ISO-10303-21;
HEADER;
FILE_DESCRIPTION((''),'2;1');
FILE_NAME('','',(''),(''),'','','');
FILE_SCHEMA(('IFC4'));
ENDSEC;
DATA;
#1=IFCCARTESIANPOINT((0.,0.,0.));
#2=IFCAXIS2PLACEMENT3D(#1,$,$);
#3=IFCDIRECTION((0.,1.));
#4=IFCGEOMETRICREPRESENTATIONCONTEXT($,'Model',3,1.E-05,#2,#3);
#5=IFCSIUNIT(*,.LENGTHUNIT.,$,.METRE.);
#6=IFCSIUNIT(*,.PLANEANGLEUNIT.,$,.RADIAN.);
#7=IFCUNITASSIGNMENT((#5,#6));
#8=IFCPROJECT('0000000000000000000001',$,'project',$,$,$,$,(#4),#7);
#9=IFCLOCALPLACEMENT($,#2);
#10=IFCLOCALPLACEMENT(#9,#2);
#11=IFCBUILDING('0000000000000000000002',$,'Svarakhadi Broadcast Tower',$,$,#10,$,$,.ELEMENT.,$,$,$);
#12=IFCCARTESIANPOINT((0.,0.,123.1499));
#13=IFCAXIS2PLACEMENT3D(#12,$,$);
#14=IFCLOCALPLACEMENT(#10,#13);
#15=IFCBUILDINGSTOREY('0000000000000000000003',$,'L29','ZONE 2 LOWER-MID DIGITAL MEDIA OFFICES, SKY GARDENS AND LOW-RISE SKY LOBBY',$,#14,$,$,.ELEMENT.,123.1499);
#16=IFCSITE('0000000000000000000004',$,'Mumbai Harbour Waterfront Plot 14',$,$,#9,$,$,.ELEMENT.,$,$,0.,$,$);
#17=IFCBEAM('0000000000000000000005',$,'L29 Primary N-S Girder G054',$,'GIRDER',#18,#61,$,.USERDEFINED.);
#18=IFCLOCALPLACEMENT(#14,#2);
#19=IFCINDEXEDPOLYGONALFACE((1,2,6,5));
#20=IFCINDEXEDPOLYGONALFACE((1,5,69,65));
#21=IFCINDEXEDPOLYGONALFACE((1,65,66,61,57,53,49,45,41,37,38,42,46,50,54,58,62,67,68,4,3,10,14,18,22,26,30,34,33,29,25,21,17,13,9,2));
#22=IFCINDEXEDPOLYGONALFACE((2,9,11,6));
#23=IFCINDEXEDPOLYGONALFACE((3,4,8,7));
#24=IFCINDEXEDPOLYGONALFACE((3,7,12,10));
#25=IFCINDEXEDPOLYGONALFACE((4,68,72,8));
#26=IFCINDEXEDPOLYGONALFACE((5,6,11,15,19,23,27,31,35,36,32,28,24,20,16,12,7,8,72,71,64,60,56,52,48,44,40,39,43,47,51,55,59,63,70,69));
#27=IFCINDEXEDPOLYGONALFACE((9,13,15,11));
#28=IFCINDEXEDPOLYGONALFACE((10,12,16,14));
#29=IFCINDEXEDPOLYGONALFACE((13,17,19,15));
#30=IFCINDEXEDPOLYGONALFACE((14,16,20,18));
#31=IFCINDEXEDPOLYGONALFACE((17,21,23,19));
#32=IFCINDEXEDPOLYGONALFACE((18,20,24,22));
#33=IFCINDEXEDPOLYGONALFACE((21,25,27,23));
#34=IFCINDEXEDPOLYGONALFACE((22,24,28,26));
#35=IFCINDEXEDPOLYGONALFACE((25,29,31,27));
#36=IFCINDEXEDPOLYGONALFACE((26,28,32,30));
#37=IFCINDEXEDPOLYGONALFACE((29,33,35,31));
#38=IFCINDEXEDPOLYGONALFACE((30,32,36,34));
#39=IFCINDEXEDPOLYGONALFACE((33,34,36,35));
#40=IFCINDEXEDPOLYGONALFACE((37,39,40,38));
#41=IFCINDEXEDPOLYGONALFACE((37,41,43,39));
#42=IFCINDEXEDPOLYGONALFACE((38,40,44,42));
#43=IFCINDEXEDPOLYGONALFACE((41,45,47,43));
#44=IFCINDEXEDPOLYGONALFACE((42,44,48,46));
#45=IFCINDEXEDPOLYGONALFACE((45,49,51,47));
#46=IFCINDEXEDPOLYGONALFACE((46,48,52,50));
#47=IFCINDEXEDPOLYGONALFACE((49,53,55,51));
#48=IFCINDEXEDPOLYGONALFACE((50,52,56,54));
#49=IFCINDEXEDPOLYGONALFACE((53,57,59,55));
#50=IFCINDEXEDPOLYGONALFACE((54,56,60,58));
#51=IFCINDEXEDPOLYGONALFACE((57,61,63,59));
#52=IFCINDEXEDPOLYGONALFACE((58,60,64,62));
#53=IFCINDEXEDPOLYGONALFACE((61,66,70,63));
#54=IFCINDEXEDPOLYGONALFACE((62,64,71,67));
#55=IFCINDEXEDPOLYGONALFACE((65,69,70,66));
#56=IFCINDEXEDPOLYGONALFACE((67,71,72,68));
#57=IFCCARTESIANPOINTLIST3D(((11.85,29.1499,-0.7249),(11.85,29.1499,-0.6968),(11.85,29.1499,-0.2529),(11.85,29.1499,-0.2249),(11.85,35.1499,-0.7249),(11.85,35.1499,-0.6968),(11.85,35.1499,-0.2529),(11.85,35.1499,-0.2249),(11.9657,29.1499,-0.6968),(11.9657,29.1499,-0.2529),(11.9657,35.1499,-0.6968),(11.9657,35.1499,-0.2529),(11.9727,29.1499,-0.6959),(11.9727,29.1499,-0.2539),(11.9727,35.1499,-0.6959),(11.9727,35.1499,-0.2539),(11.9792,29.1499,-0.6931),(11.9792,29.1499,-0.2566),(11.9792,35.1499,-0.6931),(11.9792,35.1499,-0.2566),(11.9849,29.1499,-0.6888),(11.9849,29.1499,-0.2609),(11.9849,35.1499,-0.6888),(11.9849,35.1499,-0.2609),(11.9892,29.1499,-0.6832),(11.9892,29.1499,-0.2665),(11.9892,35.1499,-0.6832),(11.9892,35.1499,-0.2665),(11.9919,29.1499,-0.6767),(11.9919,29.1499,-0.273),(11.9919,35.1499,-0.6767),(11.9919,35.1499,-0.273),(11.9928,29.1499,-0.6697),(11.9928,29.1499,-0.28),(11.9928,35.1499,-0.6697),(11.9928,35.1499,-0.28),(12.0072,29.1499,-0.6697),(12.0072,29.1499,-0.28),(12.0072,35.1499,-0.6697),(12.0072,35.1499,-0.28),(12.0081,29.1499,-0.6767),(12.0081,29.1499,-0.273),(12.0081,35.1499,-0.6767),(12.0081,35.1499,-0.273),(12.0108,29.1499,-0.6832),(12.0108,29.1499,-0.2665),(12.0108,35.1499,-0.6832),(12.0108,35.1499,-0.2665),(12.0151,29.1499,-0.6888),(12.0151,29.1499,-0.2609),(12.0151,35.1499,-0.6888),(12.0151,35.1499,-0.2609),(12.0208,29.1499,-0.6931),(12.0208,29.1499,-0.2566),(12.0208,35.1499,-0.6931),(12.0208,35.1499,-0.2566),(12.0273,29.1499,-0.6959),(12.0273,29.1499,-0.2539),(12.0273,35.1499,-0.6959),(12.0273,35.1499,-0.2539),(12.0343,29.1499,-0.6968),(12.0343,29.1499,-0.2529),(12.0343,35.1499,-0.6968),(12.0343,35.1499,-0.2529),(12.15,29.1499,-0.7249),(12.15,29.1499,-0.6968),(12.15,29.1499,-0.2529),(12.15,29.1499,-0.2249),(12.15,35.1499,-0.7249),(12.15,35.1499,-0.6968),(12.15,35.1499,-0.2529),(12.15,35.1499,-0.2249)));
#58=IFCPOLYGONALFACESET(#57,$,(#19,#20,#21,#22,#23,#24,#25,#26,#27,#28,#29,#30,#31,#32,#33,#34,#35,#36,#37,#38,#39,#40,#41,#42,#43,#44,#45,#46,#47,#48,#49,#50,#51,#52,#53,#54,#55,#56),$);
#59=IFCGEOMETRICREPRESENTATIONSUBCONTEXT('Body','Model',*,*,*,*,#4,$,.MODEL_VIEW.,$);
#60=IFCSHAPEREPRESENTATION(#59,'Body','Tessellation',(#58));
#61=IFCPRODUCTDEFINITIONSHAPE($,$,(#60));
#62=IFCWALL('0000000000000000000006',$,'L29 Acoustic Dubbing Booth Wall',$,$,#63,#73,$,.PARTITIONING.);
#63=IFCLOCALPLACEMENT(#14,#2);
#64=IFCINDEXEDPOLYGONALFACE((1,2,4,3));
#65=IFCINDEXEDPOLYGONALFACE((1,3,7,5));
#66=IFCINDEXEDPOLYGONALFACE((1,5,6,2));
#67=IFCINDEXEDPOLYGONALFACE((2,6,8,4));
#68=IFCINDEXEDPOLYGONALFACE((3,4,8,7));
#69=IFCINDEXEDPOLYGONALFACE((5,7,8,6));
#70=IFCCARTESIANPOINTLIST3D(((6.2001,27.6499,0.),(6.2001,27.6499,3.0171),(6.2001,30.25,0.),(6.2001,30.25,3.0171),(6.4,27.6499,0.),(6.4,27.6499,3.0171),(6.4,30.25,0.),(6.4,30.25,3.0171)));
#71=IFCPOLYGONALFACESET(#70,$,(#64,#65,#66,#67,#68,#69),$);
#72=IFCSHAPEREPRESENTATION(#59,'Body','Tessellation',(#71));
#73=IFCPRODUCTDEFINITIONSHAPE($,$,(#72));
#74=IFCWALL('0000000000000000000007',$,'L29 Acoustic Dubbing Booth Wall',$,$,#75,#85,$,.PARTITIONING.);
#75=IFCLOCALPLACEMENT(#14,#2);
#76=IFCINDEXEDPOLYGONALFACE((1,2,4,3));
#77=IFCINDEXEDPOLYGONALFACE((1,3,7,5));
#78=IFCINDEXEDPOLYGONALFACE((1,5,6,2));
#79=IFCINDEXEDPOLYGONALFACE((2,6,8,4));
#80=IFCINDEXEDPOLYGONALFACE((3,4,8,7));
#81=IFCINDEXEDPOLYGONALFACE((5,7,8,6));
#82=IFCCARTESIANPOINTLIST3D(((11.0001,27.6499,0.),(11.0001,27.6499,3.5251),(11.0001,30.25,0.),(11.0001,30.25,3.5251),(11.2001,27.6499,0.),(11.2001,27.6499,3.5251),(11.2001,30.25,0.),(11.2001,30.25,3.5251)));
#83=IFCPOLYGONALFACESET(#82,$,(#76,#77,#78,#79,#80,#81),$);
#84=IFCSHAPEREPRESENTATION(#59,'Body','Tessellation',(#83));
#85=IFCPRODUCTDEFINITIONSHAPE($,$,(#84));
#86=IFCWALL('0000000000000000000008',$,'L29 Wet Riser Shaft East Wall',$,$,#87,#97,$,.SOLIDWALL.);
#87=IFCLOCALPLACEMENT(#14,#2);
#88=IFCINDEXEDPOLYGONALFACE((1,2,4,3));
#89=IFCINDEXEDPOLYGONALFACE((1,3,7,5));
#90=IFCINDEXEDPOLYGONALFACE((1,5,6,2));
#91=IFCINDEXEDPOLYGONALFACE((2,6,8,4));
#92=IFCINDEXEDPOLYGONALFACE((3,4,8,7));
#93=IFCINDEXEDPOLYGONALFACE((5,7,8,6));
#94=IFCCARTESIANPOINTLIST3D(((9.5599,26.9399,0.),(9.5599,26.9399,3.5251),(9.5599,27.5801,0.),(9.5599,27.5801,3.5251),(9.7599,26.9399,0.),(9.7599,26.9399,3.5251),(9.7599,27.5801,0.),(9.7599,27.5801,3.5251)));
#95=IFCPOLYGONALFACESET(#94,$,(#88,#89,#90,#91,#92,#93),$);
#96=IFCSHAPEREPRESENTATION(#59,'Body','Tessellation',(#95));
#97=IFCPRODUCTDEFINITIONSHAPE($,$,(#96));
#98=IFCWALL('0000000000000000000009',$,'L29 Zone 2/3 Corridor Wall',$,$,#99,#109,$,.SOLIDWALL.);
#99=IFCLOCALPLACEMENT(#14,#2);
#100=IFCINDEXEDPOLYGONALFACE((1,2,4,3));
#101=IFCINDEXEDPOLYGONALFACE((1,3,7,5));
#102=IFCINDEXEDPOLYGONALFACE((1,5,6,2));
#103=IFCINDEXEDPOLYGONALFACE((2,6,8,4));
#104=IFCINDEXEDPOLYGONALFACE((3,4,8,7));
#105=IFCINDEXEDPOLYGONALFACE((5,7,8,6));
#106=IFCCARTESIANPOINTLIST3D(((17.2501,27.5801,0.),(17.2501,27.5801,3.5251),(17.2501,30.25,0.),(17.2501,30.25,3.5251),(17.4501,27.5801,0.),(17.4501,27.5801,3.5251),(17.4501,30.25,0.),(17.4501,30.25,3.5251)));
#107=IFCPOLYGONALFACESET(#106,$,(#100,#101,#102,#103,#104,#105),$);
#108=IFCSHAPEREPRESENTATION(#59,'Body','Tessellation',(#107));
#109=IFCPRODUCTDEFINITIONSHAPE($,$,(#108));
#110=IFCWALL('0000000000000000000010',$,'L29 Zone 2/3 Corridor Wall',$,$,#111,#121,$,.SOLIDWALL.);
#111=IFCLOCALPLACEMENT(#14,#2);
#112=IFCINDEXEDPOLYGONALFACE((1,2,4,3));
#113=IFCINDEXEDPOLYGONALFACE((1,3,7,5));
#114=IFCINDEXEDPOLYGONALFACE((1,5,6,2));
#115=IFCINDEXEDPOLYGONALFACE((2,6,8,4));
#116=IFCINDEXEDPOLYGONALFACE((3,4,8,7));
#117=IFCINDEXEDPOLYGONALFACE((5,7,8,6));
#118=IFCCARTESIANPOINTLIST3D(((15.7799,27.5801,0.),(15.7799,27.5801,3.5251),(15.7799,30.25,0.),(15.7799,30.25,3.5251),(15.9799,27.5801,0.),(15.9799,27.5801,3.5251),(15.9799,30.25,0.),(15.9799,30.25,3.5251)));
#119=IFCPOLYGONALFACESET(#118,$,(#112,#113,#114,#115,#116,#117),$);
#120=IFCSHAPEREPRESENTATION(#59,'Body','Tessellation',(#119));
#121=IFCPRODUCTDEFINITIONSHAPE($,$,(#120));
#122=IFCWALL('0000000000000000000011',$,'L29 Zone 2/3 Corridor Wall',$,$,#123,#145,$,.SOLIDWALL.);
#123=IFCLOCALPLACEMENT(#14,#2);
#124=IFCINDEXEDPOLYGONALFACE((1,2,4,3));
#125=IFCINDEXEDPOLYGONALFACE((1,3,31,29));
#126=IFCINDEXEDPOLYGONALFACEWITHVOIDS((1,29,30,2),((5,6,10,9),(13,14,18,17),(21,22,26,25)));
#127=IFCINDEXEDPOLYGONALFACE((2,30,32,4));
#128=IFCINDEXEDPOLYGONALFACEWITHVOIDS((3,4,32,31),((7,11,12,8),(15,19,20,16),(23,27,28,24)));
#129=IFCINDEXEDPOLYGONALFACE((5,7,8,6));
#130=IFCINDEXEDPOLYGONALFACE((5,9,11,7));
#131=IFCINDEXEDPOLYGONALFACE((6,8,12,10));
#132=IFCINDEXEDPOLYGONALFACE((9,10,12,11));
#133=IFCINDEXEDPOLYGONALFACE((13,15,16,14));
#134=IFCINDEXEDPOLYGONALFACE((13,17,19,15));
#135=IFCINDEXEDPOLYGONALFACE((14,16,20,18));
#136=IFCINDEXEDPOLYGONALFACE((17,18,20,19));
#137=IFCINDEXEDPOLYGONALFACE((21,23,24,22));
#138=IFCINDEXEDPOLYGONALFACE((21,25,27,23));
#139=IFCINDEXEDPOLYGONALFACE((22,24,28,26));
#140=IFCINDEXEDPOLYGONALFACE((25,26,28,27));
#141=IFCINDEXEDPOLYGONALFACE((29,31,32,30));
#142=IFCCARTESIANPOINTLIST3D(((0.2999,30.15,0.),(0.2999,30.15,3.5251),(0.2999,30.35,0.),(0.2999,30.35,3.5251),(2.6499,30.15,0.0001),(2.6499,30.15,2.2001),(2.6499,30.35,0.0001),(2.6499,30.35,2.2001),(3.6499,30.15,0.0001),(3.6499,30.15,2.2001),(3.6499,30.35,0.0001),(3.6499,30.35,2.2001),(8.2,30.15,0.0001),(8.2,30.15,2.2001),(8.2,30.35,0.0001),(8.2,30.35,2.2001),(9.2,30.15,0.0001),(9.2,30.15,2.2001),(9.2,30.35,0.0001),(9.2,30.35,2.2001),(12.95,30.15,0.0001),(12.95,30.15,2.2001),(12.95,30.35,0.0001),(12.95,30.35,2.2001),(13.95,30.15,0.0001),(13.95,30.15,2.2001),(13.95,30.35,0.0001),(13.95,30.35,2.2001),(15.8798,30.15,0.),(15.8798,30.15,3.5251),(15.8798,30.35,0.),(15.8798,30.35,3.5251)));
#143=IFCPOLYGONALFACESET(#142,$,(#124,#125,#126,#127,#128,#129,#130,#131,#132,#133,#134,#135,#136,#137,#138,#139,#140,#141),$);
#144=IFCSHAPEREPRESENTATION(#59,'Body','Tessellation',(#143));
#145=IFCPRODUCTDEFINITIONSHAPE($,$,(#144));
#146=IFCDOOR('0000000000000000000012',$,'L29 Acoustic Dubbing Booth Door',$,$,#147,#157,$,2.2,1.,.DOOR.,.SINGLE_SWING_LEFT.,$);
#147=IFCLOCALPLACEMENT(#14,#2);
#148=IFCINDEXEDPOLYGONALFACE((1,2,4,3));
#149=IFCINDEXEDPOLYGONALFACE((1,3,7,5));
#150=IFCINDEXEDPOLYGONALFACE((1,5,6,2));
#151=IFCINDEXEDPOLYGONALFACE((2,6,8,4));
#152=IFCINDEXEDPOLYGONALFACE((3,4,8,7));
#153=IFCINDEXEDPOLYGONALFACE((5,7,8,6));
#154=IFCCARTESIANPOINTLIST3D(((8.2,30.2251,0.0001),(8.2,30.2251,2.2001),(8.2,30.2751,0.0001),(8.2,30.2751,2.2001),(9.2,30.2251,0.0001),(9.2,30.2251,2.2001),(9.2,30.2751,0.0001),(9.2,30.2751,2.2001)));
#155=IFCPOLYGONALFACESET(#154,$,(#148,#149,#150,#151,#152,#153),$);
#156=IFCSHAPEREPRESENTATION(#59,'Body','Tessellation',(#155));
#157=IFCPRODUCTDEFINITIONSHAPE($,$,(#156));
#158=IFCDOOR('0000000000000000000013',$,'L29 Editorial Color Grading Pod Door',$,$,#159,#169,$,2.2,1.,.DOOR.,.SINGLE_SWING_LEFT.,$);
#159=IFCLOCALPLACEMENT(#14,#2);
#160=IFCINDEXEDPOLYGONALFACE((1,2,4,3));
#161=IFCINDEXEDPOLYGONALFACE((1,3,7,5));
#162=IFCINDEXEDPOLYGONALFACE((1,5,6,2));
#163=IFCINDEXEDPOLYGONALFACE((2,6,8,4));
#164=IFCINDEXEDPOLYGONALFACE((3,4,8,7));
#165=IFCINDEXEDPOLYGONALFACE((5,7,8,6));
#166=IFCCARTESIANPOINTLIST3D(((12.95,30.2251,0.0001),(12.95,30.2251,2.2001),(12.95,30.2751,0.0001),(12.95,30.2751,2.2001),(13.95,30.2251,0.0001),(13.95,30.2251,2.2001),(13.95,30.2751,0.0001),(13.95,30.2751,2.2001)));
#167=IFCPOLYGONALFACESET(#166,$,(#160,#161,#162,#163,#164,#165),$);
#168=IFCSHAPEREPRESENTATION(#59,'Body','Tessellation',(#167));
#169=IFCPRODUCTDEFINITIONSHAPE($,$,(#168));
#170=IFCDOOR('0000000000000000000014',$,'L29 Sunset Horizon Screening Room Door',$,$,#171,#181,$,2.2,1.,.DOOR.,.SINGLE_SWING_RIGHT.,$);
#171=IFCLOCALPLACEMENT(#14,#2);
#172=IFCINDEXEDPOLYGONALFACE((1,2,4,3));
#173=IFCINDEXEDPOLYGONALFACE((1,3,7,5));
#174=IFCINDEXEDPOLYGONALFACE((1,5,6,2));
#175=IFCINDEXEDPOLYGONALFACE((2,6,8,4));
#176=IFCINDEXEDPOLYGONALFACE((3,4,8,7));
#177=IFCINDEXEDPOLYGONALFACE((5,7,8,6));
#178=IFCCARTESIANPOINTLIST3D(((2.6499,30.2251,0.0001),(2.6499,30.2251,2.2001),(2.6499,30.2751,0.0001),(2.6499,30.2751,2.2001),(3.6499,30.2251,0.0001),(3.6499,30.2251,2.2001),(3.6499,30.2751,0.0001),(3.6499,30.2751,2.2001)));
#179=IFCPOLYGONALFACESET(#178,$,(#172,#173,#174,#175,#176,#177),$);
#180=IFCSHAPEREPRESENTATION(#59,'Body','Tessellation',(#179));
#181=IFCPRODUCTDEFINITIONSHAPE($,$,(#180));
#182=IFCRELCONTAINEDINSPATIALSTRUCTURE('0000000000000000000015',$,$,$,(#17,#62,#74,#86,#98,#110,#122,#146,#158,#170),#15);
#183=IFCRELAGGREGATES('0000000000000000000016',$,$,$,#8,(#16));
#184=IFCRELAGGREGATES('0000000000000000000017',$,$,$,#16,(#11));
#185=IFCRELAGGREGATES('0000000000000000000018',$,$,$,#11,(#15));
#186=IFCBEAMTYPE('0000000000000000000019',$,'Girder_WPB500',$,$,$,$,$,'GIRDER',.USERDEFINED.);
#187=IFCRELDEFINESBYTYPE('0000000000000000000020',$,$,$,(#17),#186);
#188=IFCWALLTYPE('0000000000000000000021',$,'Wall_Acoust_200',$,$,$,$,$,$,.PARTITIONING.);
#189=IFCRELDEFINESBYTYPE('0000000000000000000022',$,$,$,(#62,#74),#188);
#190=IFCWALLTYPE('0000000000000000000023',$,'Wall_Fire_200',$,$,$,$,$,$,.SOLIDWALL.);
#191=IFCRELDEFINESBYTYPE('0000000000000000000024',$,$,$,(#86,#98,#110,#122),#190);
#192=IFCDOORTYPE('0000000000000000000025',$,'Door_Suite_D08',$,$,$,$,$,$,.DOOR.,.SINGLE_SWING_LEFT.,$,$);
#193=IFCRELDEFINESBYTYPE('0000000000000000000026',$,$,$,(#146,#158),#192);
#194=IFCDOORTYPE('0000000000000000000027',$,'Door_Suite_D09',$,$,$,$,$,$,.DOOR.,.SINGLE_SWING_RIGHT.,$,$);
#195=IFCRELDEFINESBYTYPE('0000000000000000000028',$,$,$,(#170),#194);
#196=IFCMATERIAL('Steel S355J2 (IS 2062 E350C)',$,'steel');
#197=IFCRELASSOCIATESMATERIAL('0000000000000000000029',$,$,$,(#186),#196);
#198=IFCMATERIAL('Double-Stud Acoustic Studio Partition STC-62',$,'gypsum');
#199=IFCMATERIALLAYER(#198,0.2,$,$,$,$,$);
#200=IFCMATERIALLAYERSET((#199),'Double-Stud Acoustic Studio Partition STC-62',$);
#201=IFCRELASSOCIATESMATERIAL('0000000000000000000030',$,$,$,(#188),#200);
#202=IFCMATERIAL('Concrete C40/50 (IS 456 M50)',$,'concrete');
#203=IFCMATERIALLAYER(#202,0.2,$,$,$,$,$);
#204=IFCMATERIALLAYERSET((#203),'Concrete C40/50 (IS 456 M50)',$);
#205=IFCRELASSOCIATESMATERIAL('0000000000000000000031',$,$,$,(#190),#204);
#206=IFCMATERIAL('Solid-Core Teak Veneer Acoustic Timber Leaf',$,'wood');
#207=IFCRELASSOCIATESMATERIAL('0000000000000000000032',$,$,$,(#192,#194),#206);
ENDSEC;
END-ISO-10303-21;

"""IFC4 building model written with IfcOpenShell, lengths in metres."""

from ifc_helpers import new_model, si_unit, direction, frame, frame_2d, origin, origin_2d, place, context, subcontext, project, spatial, rectangle, i_section, extrude, material, layer, layer_set, material_profile, profile_set, type_object, element, fill, save


model = new_model("IFC4")

# Units and contexts
model_context = context("Model", 3, precision=1e-05, world=origin(), true_north=direction((0.0, 1.0)))
body_context = subcontext(model_context, "Body", "Model", "MODEL_VIEW")
ifc_project = project(units=[si_unit("LENGTHUNIT", "METRE"), si_unit("PLANEANGLEUNIT", "RADIAN")], contexts=[model_context])

# Site, building, storey
site_placement = place(None, origin())
site = spatial("IfcSite", under=ifc_project, at=site_placement, Name="Mumbai Harbour Waterfront Plot 14", CompositionType="ELEMENT", RefElevation=0.0)
building_placement = place(site_placement, origin())
building = spatial("IfcBuilding", under=site, at=building_placement, Name="Svarakhadi Broadcast Tower", CompositionType="ELEMENT")
storey_placement = place(building_placement, frame((0.0, 0.0, 123.1499)))
storey = spatial("IfcBuildingStorey", under=building, at=storey_placement, Name="L29", Description="ZONE 2 LOWER-MID DIGITAL MEDIA OFFICES, SKY GARDENS AND LOW-RISE SKY LOBBY", CompositionType="ELEMENT", Elevation=123.1499)

# Beam
ifc_material_1 = material(Name="Steel S355J2 (IS 2062 E350C)", Category="steel")
ifc_material_profile_1 = material_profile(ifc_material_1, i_section(OverallWidth=0.3, OverallDepth=0.5, WebThickness=0.0144, FlangeThickness=0.0281, FilletRadius=0.0271, at=origin_2d()), Name="WPB 500x300x187")
ifc_profile_set_1 = profile_set([ifc_material_profile_1], Name="Steel S355J2 (IS 2062 E350C)")
beam_type_1 = type_object("IfcBeamType", Name="Girder_WPB500", ElementType="GIRDER", PredefinedType="USERDEFINED", material=ifc_profile_set_1)
for number, where, z_axis, x_axis, name in (
    (1, (12.0, 29.1499, -0.4749), (0.0, 1.0, 0.0), (-1.0, 0.0, 0.0), "L29 Primary N-S Girder G054"),
):
    element("IfcBeam", number, at=place(storey_placement, frame(where, z_axis=z_axis, x_axis=x_axis)), inside=storey, type_object=beam_type_1, Name=name, ObjectType="GIRDER", PredefinedType="USERDEFINED", context=body_context, shape_type="SweptSolid", body=[
        extrude(i_section(OverallWidth=0.3, OverallDepth=0.5, WebThickness=0.0144, FlangeThickness=0.0281, FilletRadius=0.0271, at=origin_2d()), origin(), (0.0, 0.0, 1.0), 6.0),
    ])

# Walls
ifc_material_2 = material(Name="Double-Stud Acoustic Studio Partition STC-62", Category="gypsum")
ifc_layer_1 = layer(ifc_material_2, 0.2)
ifc_layer_set_1 = layer_set([ifc_layer_1], Name="Double-Stud Acoustic Studio Partition STC-62")
wall_type_1 = type_object("IfcWallType", Name="Wall_Acoust_200", PredefinedType="PARTITIONING", material=ifc_layer_set_1)
wall_1_placement = place(storey_placement, frame((6.3, 27.6499, 0.0), z_axis=(0.0, 0.0, 1.0), x_axis=(0.0, 1.0, 0.0)))
element("IfcWall", 2, at=wall_1_placement, inside=storey, type_object=wall_type_1, Name="L29 Acoustic Dubbing Booth Wall", PredefinedType="PARTITIONING", context=body_context, shape_type="SweptSolid", body=[
    extrude(rectangle(XDim=2.6001, YDim=0.2, at=frame_2d((1.3, 0.0))), origin(), (0.0, 0.0, 1.0), 3.0171),
])
wall_2_placement = place(storey_placement, frame((11.1001, 27.6499, 0.0), z_axis=(0.0, 0.0, 1.0), x_axis=(0.0, 1.0, 0.0)))
element("IfcWall", 3, at=wall_2_placement, inside=storey, type_object=wall_type_1, Name="L29 Acoustic Dubbing Booth Wall", PredefinedType="PARTITIONING", context=body_context, shape_type="SweptSolid", body=[
    extrude(rectangle(XDim=2.6001, YDim=0.2, at=frame_2d((1.3, 0.0))), origin(), (0.0, 0.0, 1.0), 3.5251),
])
ifc_material_3 = material(Name="Concrete C40/50 (IS 456 M50)", Category="concrete")
ifc_layer_2 = layer(ifc_material_3, 0.2)
ifc_layer_set_2 = layer_set([ifc_layer_2], Name="Concrete C40/50 (IS 456 M50)")
wall_type_2 = type_object("IfcWallType", Name="Wall_Fire_200", PredefinedType="SOLIDWALL", material=ifc_layer_set_2)
wall_3_placement = place(storey_placement, frame((9.6599, 26.9399, 0.0), z_axis=(0.0, 0.0, 1.0), x_axis=(0.0, 1.0, 0.0)))
element("IfcWall", 4, at=wall_3_placement, inside=storey, type_object=wall_type_2, Name="L29 Wet Riser Shaft East Wall", PredefinedType="SOLIDWALL", context=body_context, shape_type="SweptSolid", body=[
    extrude(rectangle(XDim=0.6401, YDim=0.2, at=frame_2d((0.3201, 0.0))), origin(), (0.0, 0.0, 1.0), 3.5251),
])
for number, where, z_axis, x_axis, name in (
    (5, (17.3501, 30.25, 0.0), (0.0, 0.0, 1.0), (0.0, -1.0, 0.0), "L29 Zone 2/3 Corridor Wall"),
    (6, (15.8799, 27.5801, 0.0), (0.0, 0.0, 1.0), (0.0, 1.0, 0.0), "L29 Zone 2/3 Corridor Wall"),
):
    element("IfcWall", number, at=place(storey_placement, frame(where, z_axis=z_axis, x_axis=x_axis)), inside=storey, type_object=wall_type_2, Name=name, PredefinedType="SOLIDWALL", context=body_context, shape_type="SweptSolid", body=[
        extrude(rectangle(XDim=2.6699, YDim=0.2, at=frame_2d((1.335, 0.0))), origin(), (0.0, 0.0, 1.0), 3.5251),
    ])

# Wall, openings, doors
wall_4_placement = place(storey_placement, frame((15.8799, 30.25, 0.0), z_axis=(0.0, 0.0, 1.0), x_axis=(-1.0, 0.0, 0.0)))
wall_4 = element("IfcWall", 7, at=wall_4_placement, inside=storey, type_object=wall_type_2, Name="L29 Zone 2/3 Corridor Wall", PredefinedType="SOLIDWALL", context=body_context, shape_type="SweptSolid", body=[
    extrude(rectangle(XDim=15.5798, YDim=0.2, at=frame_2d((7.79, 0.0))), origin(), (0.0, 0.0, 1.0), 3.5251),
])
opening_1_placement = place(wall_4_placement, frame((12.23, 0.0, 0.0)))
opening_1 = element("IfcOpeningElement", 8, at=opening_1_placement, cuts=wall_4, PredefinedType="OPENING", context=body_context, shape_type="SweptSolid", body=[
    extrude(rectangle(XDim=1.0, YDim=2.2, at=frame_2d((0.5, 1.1001))), frame((0.0, 0.1099, 0.0), z_axis=(0.0, -1.0, 0.0), x_axis=(1.0, 0.0, 0.0)), (0.0, 0.0, 1.0), 0.22),
])
opening_2_placement = place(wall_4_placement, frame((6.6799, 0.0, 0.0)))
opening_2 = element("IfcOpeningElement", 9, at=opening_2_placement, cuts=wall_4, PredefinedType="OPENING", context=body_context, shape_type="SweptSolid", body=[
    extrude(rectangle(XDim=1.0, YDim=2.2, at=frame_2d((0.5, 1.1001))), frame((0.0, 0.1099, 0.0), z_axis=(0.0, -1.0, 0.0), x_axis=(1.0, 0.0, 0.0)), (0.0, 0.0, 1.0), 0.22),
])
opening_3_placement = place(wall_4_placement, frame((1.9299, 0.0, 0.0)))
opening_3 = element("IfcOpeningElement", 10, at=opening_3_placement, cuts=wall_4, PredefinedType="OPENING", context=body_context, shape_type="SweptSolid", body=[
    extrude(rectangle(XDim=1.0, YDim=2.2, at=frame_2d((0.5, 1.1001))), frame((0.0, 0.1099, 0.0), z_axis=(0.0, -1.0, 0.0), x_axis=(1.0, 0.0, 0.0)), (0.0, 0.0, 1.0), 0.22),
])
ifc_material_4 = material(Name="Solid-Core Teak Veneer Acoustic Timber Leaf", Category="wood")
door_type_1 = type_object("IfcDoorType", Name="Door_Suite_D08", OperationType="SINGLE_SWING_LEFT", PredefinedType="DOOR", material=ifc_material_4)
door_1_placement = place(opening_2_placement, origin())
door_1 = element("IfcDoor", 11, at=door_1_placement, inside=storey, type_object=door_type_1, Name="L29 Acoustic Dubbing Booth Door", OperationType="SINGLE_SWING_LEFT", OverallHeight=2.2, OverallWidth=1.0, PredefinedType="DOOR", context=body_context, shape_type="SweptSolid", body=[
    extrude(rectangle(XDim=1.0, YDim=2.2, at=frame_2d((0.5, 1.1001))), frame((0.0, 0.0249, 0.0), z_axis=(0.0, -1.0, 0.0), x_axis=(1.0, 0.0, 0.0)), (0.0, 0.0, 1.0), 0.05),
])
fill(opening_2, door_1)
door_2_placement = place(opening_3_placement, origin())
door_2 = element("IfcDoor", 12, at=door_2_placement, inside=storey, type_object=door_type_1, Name="L29 Editorial Color Grading Pod Door", OperationType="SINGLE_SWING_LEFT", OverallHeight=2.2, OverallWidth=1.0, PredefinedType="DOOR", context=body_context, shape_type="SweptSolid", body=[
    extrude(rectangle(XDim=1.0, YDim=2.2, at=frame_2d((0.5, 1.1001))), frame((0.0, 0.0249, 0.0), z_axis=(0.0, -1.0, 0.0), x_axis=(1.0, 0.0, 0.0)), (0.0, 0.0, 1.0), 0.05),
])
fill(opening_3, door_2)
door_type_2 = type_object("IfcDoorType", Name="Door_Suite_D09", OperationType="SINGLE_SWING_RIGHT", PredefinedType="DOOR", material=ifc_material_4)
door_3_placement = place(opening_1_placement, origin())
door_3 = element("IfcDoor", 13, at=door_3_placement, inside=storey, type_object=door_type_2, Name="L29 Sunset Horizon Screening Room Door", OperationType="SINGLE_SWING_RIGHT", OverallHeight=2.2, OverallWidth=1.0, PredefinedType="DOOR", context=body_context, shape_type="SweptSolid", body=[
    extrude(rectangle(XDim=1.0, YDim=2.2, at=frame_2d((0.5, 1.1001))), frame((0.0, 0.0249, 0.0), z_axis=(0.0, -1.0, 0.0), x_axis=(1.0, 0.0, 0.0)), (0.0, 0.0, 1.0), 0.05),
])
fill(opening_1, door_3)

save(model, "model.ifc")
